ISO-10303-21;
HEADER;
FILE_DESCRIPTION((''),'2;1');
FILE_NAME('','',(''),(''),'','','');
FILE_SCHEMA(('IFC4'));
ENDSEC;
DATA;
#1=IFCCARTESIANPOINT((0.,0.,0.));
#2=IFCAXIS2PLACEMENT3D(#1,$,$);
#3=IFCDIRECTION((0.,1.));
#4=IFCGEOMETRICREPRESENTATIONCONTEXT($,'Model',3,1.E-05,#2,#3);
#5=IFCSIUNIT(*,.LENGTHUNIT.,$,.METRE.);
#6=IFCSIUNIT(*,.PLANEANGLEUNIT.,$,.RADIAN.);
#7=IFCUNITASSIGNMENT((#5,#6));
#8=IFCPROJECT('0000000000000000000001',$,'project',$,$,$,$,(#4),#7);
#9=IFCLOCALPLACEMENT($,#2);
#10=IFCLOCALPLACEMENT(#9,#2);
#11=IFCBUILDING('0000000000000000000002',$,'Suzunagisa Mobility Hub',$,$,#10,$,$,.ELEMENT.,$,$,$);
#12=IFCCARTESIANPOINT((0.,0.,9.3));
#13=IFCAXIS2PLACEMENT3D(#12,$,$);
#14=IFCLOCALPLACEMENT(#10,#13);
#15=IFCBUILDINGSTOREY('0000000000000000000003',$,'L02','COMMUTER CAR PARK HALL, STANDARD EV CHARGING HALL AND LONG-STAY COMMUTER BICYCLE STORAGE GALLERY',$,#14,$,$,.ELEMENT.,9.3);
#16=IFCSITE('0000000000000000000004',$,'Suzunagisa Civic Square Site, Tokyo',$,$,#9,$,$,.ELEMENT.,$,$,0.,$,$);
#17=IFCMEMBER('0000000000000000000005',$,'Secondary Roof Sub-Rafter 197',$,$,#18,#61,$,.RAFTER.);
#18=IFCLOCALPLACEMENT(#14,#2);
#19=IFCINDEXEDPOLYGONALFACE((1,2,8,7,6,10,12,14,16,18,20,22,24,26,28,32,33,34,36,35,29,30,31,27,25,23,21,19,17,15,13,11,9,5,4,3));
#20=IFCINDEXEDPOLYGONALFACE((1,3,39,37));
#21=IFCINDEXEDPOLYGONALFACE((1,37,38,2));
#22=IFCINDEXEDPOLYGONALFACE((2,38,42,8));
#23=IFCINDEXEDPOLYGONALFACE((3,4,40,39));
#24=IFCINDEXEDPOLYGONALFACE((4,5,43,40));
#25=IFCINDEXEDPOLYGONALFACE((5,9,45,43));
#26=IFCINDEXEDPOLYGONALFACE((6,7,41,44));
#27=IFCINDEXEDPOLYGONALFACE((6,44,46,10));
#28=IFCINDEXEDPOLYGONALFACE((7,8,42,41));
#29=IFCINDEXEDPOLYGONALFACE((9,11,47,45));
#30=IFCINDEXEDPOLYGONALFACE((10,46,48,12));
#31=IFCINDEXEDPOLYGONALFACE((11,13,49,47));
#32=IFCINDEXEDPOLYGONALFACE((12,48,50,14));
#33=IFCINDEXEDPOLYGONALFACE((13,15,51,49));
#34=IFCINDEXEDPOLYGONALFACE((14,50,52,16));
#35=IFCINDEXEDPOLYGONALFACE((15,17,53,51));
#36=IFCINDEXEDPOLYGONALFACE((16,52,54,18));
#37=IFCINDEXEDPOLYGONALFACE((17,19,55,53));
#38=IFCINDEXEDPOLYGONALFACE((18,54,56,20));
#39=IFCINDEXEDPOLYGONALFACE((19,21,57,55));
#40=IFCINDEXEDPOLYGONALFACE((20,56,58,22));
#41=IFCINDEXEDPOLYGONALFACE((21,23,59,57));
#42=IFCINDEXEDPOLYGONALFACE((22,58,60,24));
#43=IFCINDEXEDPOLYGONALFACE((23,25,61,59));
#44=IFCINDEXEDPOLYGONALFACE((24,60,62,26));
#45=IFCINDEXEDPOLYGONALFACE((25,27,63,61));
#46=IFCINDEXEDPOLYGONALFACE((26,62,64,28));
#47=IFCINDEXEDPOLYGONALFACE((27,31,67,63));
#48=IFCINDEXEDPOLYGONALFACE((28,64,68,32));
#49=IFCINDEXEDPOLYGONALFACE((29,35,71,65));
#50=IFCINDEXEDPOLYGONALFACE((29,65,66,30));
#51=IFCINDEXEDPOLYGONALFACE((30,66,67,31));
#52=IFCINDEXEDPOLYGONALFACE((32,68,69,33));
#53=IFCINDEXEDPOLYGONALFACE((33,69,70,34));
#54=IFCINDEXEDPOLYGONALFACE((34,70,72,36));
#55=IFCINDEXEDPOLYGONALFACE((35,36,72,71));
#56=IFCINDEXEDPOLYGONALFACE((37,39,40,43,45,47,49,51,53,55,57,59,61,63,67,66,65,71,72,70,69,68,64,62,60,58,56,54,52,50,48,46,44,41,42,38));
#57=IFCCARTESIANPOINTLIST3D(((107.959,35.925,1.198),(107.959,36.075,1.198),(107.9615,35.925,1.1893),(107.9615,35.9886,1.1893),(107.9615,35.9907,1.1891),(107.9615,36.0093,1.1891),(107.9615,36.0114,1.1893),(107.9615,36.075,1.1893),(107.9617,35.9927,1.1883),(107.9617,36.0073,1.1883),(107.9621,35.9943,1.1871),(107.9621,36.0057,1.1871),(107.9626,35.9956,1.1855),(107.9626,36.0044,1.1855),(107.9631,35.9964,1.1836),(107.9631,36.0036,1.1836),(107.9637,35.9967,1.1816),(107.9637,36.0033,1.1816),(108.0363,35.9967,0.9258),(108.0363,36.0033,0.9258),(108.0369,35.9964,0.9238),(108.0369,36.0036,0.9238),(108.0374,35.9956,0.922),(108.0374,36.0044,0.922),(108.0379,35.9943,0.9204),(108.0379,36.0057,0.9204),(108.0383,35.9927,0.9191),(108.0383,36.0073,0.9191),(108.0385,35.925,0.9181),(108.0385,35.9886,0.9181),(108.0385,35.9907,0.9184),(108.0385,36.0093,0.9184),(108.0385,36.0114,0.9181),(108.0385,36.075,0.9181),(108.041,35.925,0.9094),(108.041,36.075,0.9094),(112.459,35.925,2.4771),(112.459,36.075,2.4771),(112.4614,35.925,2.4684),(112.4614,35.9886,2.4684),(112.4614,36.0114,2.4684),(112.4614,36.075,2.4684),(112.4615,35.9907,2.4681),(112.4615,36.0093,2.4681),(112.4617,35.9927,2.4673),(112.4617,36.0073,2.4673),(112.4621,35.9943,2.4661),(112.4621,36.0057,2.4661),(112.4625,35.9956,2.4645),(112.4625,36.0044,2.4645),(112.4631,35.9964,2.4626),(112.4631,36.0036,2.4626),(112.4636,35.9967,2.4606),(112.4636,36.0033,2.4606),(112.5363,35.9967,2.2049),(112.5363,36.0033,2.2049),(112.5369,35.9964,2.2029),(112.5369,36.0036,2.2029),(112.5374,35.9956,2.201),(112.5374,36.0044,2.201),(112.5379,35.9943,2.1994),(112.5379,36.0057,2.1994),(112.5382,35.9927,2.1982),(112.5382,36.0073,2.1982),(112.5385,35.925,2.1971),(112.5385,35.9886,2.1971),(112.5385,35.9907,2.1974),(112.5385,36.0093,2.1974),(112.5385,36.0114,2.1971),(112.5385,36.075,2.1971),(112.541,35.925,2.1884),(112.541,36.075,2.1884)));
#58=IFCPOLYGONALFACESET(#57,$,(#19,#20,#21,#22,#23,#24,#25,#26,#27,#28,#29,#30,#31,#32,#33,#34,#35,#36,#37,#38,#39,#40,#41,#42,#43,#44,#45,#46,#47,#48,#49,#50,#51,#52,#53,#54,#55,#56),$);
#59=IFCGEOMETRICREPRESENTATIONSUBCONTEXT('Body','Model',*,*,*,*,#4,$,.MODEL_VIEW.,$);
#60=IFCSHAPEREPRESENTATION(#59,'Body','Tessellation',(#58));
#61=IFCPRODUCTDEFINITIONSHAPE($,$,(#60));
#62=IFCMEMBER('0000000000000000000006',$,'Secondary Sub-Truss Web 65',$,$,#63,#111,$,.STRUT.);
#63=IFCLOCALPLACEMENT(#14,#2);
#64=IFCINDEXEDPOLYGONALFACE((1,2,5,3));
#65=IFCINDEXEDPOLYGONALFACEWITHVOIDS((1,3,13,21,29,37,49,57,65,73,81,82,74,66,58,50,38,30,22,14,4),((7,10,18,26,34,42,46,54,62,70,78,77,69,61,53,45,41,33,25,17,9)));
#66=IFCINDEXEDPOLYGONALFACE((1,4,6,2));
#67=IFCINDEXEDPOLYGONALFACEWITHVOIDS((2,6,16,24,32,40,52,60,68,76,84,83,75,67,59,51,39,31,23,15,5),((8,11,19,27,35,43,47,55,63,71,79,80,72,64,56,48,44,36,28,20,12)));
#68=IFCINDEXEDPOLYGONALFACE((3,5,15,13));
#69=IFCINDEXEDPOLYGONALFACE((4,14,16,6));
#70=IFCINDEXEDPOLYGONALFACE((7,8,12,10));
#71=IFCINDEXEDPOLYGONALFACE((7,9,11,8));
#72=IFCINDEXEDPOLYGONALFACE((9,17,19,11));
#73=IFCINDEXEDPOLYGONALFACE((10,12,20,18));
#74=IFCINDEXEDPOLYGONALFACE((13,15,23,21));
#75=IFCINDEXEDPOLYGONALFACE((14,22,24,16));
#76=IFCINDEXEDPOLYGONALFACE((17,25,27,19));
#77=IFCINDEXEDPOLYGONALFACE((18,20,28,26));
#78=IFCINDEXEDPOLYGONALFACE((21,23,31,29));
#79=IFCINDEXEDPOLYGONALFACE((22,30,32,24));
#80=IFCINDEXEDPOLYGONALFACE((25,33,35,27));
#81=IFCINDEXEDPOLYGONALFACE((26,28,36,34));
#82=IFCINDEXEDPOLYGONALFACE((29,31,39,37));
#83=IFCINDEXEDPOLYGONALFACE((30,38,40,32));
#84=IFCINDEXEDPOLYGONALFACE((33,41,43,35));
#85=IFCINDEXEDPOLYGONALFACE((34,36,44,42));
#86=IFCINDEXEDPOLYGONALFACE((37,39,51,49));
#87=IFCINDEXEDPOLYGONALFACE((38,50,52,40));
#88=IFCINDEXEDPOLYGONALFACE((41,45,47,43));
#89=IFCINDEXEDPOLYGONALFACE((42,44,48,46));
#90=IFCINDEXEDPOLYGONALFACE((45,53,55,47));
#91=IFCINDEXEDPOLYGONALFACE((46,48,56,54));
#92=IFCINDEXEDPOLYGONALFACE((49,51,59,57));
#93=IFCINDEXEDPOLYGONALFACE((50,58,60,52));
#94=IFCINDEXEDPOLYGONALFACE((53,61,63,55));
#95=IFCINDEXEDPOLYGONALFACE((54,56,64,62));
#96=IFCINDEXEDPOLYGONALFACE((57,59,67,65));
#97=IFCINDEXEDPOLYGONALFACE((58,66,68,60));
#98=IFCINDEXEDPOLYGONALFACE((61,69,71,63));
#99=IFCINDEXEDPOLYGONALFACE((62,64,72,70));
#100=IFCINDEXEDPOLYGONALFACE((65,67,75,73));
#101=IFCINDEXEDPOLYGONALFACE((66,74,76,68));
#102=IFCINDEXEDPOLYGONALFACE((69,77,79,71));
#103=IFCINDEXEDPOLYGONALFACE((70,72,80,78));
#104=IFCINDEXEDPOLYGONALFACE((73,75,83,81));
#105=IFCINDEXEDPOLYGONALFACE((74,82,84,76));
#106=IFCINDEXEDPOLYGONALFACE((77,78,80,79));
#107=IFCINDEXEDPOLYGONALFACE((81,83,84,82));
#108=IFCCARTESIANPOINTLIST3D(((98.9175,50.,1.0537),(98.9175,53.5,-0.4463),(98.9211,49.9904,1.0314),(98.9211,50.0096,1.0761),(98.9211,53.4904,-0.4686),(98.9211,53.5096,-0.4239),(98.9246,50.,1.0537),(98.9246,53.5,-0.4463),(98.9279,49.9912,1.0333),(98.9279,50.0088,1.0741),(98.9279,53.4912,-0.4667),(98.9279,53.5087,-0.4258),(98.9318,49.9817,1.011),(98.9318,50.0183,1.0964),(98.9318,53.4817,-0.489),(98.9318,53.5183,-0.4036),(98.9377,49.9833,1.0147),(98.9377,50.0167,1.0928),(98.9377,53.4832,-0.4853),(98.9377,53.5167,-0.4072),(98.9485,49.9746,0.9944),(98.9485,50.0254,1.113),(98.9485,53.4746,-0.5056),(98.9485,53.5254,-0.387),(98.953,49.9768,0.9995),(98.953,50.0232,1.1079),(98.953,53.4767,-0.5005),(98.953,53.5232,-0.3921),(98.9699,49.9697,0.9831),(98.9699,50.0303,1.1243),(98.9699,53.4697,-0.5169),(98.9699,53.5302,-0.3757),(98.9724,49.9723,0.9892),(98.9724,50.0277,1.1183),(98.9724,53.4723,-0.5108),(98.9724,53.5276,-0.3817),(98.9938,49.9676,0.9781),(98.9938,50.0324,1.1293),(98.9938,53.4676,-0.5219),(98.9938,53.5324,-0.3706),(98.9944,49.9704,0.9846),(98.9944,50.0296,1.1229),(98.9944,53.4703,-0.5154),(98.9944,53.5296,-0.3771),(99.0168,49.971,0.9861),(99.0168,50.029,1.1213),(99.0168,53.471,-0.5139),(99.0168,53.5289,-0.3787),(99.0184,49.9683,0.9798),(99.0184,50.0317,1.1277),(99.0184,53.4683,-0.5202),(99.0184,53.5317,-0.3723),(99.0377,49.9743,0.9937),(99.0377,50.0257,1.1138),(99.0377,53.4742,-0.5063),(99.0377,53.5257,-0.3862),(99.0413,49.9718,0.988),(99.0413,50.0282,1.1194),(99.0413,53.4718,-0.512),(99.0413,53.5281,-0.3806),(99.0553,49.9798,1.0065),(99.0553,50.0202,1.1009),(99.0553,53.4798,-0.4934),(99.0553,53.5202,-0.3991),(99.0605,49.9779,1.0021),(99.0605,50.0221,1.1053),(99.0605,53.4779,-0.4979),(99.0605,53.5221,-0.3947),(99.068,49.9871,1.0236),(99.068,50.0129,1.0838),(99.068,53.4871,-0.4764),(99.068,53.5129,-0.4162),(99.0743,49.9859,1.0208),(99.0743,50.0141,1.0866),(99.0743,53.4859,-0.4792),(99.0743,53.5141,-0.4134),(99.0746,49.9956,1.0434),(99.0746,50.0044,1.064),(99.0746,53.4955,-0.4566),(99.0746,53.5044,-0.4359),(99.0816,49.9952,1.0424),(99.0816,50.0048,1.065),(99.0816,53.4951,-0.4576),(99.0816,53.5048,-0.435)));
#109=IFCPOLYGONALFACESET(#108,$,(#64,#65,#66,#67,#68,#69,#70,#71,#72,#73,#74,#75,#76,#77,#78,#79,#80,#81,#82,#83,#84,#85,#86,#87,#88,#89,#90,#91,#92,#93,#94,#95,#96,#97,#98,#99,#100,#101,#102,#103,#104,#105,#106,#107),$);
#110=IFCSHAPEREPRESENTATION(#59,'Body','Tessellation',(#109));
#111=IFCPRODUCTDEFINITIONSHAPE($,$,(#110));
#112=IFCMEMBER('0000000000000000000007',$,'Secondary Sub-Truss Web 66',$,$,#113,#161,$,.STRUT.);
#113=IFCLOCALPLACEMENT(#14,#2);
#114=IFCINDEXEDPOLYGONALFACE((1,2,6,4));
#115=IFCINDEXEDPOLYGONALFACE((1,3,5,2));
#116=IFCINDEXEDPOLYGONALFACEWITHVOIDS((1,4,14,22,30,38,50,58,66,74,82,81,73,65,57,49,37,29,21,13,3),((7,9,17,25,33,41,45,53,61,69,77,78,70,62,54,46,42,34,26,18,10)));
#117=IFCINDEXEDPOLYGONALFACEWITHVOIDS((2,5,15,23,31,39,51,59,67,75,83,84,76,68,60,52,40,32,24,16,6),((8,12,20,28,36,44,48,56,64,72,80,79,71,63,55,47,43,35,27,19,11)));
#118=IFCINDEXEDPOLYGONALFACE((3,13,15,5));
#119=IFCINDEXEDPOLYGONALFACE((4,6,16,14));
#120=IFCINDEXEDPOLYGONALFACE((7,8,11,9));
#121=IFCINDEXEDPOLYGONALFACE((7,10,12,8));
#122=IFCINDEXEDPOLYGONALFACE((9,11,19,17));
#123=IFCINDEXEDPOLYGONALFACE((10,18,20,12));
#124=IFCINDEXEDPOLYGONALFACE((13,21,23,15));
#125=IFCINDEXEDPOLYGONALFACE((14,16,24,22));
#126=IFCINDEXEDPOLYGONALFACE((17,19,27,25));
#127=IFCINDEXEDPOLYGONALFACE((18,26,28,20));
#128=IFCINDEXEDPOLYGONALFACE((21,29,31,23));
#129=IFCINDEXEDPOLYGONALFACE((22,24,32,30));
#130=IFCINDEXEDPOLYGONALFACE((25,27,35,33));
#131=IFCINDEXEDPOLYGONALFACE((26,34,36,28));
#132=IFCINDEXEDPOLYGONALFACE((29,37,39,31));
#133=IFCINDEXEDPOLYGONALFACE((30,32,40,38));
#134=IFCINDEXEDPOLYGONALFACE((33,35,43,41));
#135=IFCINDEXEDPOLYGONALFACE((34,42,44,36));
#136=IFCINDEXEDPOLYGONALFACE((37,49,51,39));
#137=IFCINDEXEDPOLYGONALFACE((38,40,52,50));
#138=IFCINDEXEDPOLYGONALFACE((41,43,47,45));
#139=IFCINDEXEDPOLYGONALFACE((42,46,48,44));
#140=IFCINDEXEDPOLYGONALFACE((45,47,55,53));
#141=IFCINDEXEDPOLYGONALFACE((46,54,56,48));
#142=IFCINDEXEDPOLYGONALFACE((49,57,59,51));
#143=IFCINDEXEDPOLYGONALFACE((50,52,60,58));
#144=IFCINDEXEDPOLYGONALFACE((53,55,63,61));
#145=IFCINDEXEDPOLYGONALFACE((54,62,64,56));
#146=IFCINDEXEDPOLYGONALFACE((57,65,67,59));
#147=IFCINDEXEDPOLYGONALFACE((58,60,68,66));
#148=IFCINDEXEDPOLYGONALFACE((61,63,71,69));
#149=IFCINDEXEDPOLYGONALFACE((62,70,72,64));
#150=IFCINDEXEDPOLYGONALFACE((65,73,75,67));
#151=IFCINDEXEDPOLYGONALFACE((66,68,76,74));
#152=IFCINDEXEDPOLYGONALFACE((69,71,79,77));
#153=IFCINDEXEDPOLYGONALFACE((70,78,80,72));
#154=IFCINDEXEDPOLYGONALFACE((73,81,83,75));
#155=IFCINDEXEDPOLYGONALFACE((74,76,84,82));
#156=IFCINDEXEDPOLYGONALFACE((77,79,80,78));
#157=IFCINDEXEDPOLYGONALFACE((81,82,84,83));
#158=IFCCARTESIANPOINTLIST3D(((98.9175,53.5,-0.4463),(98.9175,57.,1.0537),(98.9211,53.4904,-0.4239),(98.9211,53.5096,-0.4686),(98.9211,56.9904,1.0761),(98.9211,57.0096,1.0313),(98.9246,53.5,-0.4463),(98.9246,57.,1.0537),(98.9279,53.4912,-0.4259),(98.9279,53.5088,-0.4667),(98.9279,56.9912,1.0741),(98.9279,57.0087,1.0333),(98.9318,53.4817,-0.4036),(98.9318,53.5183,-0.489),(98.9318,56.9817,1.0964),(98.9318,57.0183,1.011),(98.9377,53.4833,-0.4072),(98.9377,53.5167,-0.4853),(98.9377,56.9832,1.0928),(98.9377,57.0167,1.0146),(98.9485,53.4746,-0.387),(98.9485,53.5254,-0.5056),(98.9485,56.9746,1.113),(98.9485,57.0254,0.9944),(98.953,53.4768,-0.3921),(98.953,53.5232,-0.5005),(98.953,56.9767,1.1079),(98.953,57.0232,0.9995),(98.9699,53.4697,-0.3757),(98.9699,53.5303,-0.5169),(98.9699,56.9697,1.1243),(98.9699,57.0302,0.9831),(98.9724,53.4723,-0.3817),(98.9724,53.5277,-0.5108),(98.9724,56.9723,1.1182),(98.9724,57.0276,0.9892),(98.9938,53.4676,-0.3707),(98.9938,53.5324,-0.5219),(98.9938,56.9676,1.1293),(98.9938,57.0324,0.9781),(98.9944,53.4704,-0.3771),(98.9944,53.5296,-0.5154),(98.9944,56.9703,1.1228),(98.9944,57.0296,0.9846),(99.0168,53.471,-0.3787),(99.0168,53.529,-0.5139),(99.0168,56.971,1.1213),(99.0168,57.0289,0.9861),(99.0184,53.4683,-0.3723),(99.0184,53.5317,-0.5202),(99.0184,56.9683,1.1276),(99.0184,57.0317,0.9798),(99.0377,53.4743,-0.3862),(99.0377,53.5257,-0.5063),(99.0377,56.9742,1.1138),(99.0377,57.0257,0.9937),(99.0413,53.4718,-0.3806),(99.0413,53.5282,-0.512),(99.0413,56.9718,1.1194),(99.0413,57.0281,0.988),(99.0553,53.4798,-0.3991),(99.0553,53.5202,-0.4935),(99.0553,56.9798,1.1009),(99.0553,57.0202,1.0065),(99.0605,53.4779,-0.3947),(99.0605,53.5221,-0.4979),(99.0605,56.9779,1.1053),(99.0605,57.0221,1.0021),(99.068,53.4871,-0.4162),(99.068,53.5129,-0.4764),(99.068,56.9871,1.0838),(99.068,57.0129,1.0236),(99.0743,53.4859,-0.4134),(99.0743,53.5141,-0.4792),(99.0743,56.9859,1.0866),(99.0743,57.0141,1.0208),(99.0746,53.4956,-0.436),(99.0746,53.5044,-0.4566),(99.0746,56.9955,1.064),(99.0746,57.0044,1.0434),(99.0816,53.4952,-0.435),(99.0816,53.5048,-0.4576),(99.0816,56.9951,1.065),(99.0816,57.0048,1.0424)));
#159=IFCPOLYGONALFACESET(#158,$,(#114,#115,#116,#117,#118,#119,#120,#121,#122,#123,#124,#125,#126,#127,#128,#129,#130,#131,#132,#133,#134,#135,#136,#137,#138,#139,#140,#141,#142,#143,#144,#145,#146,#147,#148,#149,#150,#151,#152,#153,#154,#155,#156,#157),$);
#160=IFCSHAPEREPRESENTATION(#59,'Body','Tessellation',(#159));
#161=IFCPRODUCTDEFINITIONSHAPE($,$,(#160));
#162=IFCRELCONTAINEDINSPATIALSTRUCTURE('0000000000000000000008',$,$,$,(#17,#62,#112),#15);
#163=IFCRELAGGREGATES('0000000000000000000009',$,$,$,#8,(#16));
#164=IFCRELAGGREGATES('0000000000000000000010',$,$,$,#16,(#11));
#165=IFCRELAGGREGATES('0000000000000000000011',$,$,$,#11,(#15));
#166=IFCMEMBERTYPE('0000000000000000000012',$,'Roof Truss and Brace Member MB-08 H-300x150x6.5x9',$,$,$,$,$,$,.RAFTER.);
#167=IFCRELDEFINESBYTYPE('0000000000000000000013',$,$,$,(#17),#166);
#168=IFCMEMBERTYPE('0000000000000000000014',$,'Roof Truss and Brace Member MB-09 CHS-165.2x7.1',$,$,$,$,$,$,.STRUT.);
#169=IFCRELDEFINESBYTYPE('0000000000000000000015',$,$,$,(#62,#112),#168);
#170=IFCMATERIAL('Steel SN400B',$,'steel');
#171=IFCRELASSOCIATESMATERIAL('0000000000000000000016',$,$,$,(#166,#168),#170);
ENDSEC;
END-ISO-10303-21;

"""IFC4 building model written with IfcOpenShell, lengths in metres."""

from ifc_helpers import new_model, si_unit, direction, frame, origin, origin_2d, place, context, subcontext, project, spatial, hollow_circle, i_section, extrude, material, material_profile, profile_set, type_object, element, save


model = new_model("IFC4")

# Units and contexts
model_context = context("Model", 3, precision=1e-05, world=origin(), true_north=direction((0.0, 1.0)))
body_context = subcontext(model_context, "Body", "Model", "MODEL_VIEW")
ifc_project = project(units=[si_unit("LENGTHUNIT", "METRE"), si_unit("PLANEANGLEUNIT", "RADIAN")], contexts=[model_context])

# Site, building, storey
site_placement = place(None, origin())
site = spatial("IfcSite", under=ifc_project, at=site_placement, Name="Suzunagisa Civic Square Site, Tokyo", CompositionType="ELEMENT", RefElevation=0.0)
building_placement = place(site_placement, origin())
building = spatial("IfcBuilding", under=site, at=building_placement, Name="Suzunagisa Mobility Hub", CompositionType="ELEMENT")
storey_placement = place(building_placement, frame((0.0, 0.0, 9.3)))
storey = spatial("IfcBuildingStorey", under=building, at=storey_placement, Name="L02", Description="COMMUTER CAR PARK HALL, STANDARD EV CHARGING HALL AND LONG-STAY COMMUTER BICYCLE STORAGE GALLERY", CompositionType="ELEMENT", Elevation=9.3)

# Members
ifc_material_1 = material(Name="Steel SN400B", Category="steel")
ifc_material_profile_1 = material_profile(ifc_material_1, i_section(OverallWidth=0.1499, OverallDepth=0.3, WebThickness=0.0066, FlangeThickness=0.009, FilletRadius=0.0081, at=origin_2d()), Name="H-300x150x6.5x9")
ifc_profile_set_1 = profile_set([ifc_material_profile_1], Name="Steel SN400B")
member_type_1 = type_object("IfcMemberType", Name="Roof Truss and Brace Member MB-08 H-300x150x6.5x9", PredefinedType="RAFTER", material=ifc_profile_set_1)
for number, where, z_axis, x_axis, name in (
    (1, (108.0, 36.0, 1.0537), (0.961899, 0.0, 0.273404), (0.0, 1.0, 0.0), "Secondary Roof Sub-Rafter 197"),
):
    element("IfcMember", number, at=place(storey_placement, frame(where, z_axis=z_axis, x_axis=x_axis)), inside=storey, type_object=member_type_1, Name=name, PredefinedType="RAFTER", context=body_context, shape_type="SweptSolid", body=[
        extrude(i_section(OverallWidth=0.1499, OverallDepth=0.3, WebThickness=0.0066, FlangeThickness=0.009, FilletRadius=0.0081, at=origin_2d()), origin(), (0.0, 0.0, 1.0), 4.6782),
    ])
ifc_material_profile_2 = material_profile(ifc_material_1, hollow_circle(Radius=0.0825, WallThickness=0.0071, at=origin_2d()), Name="CHS-165.2x7.1")
ifc_profile_set_2 = profile_set([ifc_material_profile_2], Name="Steel SN400B")
member_type_2 = type_object("IfcMemberType", Name="Roof Truss and Brace Member MB-09 CHS-165.2x7.1", PredefinedType="STRUT", material=ifc_profile_set_2)
for number, where, z_axis, x_axis, name in (
    (2, (99.0, 50.0, 1.0537), (0.0, 0.919145, -0.393919), (-1.0, 0.0, 0.0), "Secondary Sub-Truss Web 65"),
    (3, (99.0, 53.5, -0.4463), (0.0, 0.919145, 0.393919), (-1.0, 0.0, 0.0), "Secondary Sub-Truss Web 66"),
):
    element("IfcMember", number, at=place(storey_placement, frame(where, z_axis=z_axis, x_axis=x_axis)), inside=storey, type_object=member_type_2, Name=name, PredefinedType="STRUT", context=body_context, shape_type="SweptSolid", body=[
        extrude(hollow_circle(Radius=0.0825, WallThickness=0.0071, at=origin_2d()), origin(), (0.0, 0.0, 1.0), 3.8079),
    ])

save(model, "model.ifc")
